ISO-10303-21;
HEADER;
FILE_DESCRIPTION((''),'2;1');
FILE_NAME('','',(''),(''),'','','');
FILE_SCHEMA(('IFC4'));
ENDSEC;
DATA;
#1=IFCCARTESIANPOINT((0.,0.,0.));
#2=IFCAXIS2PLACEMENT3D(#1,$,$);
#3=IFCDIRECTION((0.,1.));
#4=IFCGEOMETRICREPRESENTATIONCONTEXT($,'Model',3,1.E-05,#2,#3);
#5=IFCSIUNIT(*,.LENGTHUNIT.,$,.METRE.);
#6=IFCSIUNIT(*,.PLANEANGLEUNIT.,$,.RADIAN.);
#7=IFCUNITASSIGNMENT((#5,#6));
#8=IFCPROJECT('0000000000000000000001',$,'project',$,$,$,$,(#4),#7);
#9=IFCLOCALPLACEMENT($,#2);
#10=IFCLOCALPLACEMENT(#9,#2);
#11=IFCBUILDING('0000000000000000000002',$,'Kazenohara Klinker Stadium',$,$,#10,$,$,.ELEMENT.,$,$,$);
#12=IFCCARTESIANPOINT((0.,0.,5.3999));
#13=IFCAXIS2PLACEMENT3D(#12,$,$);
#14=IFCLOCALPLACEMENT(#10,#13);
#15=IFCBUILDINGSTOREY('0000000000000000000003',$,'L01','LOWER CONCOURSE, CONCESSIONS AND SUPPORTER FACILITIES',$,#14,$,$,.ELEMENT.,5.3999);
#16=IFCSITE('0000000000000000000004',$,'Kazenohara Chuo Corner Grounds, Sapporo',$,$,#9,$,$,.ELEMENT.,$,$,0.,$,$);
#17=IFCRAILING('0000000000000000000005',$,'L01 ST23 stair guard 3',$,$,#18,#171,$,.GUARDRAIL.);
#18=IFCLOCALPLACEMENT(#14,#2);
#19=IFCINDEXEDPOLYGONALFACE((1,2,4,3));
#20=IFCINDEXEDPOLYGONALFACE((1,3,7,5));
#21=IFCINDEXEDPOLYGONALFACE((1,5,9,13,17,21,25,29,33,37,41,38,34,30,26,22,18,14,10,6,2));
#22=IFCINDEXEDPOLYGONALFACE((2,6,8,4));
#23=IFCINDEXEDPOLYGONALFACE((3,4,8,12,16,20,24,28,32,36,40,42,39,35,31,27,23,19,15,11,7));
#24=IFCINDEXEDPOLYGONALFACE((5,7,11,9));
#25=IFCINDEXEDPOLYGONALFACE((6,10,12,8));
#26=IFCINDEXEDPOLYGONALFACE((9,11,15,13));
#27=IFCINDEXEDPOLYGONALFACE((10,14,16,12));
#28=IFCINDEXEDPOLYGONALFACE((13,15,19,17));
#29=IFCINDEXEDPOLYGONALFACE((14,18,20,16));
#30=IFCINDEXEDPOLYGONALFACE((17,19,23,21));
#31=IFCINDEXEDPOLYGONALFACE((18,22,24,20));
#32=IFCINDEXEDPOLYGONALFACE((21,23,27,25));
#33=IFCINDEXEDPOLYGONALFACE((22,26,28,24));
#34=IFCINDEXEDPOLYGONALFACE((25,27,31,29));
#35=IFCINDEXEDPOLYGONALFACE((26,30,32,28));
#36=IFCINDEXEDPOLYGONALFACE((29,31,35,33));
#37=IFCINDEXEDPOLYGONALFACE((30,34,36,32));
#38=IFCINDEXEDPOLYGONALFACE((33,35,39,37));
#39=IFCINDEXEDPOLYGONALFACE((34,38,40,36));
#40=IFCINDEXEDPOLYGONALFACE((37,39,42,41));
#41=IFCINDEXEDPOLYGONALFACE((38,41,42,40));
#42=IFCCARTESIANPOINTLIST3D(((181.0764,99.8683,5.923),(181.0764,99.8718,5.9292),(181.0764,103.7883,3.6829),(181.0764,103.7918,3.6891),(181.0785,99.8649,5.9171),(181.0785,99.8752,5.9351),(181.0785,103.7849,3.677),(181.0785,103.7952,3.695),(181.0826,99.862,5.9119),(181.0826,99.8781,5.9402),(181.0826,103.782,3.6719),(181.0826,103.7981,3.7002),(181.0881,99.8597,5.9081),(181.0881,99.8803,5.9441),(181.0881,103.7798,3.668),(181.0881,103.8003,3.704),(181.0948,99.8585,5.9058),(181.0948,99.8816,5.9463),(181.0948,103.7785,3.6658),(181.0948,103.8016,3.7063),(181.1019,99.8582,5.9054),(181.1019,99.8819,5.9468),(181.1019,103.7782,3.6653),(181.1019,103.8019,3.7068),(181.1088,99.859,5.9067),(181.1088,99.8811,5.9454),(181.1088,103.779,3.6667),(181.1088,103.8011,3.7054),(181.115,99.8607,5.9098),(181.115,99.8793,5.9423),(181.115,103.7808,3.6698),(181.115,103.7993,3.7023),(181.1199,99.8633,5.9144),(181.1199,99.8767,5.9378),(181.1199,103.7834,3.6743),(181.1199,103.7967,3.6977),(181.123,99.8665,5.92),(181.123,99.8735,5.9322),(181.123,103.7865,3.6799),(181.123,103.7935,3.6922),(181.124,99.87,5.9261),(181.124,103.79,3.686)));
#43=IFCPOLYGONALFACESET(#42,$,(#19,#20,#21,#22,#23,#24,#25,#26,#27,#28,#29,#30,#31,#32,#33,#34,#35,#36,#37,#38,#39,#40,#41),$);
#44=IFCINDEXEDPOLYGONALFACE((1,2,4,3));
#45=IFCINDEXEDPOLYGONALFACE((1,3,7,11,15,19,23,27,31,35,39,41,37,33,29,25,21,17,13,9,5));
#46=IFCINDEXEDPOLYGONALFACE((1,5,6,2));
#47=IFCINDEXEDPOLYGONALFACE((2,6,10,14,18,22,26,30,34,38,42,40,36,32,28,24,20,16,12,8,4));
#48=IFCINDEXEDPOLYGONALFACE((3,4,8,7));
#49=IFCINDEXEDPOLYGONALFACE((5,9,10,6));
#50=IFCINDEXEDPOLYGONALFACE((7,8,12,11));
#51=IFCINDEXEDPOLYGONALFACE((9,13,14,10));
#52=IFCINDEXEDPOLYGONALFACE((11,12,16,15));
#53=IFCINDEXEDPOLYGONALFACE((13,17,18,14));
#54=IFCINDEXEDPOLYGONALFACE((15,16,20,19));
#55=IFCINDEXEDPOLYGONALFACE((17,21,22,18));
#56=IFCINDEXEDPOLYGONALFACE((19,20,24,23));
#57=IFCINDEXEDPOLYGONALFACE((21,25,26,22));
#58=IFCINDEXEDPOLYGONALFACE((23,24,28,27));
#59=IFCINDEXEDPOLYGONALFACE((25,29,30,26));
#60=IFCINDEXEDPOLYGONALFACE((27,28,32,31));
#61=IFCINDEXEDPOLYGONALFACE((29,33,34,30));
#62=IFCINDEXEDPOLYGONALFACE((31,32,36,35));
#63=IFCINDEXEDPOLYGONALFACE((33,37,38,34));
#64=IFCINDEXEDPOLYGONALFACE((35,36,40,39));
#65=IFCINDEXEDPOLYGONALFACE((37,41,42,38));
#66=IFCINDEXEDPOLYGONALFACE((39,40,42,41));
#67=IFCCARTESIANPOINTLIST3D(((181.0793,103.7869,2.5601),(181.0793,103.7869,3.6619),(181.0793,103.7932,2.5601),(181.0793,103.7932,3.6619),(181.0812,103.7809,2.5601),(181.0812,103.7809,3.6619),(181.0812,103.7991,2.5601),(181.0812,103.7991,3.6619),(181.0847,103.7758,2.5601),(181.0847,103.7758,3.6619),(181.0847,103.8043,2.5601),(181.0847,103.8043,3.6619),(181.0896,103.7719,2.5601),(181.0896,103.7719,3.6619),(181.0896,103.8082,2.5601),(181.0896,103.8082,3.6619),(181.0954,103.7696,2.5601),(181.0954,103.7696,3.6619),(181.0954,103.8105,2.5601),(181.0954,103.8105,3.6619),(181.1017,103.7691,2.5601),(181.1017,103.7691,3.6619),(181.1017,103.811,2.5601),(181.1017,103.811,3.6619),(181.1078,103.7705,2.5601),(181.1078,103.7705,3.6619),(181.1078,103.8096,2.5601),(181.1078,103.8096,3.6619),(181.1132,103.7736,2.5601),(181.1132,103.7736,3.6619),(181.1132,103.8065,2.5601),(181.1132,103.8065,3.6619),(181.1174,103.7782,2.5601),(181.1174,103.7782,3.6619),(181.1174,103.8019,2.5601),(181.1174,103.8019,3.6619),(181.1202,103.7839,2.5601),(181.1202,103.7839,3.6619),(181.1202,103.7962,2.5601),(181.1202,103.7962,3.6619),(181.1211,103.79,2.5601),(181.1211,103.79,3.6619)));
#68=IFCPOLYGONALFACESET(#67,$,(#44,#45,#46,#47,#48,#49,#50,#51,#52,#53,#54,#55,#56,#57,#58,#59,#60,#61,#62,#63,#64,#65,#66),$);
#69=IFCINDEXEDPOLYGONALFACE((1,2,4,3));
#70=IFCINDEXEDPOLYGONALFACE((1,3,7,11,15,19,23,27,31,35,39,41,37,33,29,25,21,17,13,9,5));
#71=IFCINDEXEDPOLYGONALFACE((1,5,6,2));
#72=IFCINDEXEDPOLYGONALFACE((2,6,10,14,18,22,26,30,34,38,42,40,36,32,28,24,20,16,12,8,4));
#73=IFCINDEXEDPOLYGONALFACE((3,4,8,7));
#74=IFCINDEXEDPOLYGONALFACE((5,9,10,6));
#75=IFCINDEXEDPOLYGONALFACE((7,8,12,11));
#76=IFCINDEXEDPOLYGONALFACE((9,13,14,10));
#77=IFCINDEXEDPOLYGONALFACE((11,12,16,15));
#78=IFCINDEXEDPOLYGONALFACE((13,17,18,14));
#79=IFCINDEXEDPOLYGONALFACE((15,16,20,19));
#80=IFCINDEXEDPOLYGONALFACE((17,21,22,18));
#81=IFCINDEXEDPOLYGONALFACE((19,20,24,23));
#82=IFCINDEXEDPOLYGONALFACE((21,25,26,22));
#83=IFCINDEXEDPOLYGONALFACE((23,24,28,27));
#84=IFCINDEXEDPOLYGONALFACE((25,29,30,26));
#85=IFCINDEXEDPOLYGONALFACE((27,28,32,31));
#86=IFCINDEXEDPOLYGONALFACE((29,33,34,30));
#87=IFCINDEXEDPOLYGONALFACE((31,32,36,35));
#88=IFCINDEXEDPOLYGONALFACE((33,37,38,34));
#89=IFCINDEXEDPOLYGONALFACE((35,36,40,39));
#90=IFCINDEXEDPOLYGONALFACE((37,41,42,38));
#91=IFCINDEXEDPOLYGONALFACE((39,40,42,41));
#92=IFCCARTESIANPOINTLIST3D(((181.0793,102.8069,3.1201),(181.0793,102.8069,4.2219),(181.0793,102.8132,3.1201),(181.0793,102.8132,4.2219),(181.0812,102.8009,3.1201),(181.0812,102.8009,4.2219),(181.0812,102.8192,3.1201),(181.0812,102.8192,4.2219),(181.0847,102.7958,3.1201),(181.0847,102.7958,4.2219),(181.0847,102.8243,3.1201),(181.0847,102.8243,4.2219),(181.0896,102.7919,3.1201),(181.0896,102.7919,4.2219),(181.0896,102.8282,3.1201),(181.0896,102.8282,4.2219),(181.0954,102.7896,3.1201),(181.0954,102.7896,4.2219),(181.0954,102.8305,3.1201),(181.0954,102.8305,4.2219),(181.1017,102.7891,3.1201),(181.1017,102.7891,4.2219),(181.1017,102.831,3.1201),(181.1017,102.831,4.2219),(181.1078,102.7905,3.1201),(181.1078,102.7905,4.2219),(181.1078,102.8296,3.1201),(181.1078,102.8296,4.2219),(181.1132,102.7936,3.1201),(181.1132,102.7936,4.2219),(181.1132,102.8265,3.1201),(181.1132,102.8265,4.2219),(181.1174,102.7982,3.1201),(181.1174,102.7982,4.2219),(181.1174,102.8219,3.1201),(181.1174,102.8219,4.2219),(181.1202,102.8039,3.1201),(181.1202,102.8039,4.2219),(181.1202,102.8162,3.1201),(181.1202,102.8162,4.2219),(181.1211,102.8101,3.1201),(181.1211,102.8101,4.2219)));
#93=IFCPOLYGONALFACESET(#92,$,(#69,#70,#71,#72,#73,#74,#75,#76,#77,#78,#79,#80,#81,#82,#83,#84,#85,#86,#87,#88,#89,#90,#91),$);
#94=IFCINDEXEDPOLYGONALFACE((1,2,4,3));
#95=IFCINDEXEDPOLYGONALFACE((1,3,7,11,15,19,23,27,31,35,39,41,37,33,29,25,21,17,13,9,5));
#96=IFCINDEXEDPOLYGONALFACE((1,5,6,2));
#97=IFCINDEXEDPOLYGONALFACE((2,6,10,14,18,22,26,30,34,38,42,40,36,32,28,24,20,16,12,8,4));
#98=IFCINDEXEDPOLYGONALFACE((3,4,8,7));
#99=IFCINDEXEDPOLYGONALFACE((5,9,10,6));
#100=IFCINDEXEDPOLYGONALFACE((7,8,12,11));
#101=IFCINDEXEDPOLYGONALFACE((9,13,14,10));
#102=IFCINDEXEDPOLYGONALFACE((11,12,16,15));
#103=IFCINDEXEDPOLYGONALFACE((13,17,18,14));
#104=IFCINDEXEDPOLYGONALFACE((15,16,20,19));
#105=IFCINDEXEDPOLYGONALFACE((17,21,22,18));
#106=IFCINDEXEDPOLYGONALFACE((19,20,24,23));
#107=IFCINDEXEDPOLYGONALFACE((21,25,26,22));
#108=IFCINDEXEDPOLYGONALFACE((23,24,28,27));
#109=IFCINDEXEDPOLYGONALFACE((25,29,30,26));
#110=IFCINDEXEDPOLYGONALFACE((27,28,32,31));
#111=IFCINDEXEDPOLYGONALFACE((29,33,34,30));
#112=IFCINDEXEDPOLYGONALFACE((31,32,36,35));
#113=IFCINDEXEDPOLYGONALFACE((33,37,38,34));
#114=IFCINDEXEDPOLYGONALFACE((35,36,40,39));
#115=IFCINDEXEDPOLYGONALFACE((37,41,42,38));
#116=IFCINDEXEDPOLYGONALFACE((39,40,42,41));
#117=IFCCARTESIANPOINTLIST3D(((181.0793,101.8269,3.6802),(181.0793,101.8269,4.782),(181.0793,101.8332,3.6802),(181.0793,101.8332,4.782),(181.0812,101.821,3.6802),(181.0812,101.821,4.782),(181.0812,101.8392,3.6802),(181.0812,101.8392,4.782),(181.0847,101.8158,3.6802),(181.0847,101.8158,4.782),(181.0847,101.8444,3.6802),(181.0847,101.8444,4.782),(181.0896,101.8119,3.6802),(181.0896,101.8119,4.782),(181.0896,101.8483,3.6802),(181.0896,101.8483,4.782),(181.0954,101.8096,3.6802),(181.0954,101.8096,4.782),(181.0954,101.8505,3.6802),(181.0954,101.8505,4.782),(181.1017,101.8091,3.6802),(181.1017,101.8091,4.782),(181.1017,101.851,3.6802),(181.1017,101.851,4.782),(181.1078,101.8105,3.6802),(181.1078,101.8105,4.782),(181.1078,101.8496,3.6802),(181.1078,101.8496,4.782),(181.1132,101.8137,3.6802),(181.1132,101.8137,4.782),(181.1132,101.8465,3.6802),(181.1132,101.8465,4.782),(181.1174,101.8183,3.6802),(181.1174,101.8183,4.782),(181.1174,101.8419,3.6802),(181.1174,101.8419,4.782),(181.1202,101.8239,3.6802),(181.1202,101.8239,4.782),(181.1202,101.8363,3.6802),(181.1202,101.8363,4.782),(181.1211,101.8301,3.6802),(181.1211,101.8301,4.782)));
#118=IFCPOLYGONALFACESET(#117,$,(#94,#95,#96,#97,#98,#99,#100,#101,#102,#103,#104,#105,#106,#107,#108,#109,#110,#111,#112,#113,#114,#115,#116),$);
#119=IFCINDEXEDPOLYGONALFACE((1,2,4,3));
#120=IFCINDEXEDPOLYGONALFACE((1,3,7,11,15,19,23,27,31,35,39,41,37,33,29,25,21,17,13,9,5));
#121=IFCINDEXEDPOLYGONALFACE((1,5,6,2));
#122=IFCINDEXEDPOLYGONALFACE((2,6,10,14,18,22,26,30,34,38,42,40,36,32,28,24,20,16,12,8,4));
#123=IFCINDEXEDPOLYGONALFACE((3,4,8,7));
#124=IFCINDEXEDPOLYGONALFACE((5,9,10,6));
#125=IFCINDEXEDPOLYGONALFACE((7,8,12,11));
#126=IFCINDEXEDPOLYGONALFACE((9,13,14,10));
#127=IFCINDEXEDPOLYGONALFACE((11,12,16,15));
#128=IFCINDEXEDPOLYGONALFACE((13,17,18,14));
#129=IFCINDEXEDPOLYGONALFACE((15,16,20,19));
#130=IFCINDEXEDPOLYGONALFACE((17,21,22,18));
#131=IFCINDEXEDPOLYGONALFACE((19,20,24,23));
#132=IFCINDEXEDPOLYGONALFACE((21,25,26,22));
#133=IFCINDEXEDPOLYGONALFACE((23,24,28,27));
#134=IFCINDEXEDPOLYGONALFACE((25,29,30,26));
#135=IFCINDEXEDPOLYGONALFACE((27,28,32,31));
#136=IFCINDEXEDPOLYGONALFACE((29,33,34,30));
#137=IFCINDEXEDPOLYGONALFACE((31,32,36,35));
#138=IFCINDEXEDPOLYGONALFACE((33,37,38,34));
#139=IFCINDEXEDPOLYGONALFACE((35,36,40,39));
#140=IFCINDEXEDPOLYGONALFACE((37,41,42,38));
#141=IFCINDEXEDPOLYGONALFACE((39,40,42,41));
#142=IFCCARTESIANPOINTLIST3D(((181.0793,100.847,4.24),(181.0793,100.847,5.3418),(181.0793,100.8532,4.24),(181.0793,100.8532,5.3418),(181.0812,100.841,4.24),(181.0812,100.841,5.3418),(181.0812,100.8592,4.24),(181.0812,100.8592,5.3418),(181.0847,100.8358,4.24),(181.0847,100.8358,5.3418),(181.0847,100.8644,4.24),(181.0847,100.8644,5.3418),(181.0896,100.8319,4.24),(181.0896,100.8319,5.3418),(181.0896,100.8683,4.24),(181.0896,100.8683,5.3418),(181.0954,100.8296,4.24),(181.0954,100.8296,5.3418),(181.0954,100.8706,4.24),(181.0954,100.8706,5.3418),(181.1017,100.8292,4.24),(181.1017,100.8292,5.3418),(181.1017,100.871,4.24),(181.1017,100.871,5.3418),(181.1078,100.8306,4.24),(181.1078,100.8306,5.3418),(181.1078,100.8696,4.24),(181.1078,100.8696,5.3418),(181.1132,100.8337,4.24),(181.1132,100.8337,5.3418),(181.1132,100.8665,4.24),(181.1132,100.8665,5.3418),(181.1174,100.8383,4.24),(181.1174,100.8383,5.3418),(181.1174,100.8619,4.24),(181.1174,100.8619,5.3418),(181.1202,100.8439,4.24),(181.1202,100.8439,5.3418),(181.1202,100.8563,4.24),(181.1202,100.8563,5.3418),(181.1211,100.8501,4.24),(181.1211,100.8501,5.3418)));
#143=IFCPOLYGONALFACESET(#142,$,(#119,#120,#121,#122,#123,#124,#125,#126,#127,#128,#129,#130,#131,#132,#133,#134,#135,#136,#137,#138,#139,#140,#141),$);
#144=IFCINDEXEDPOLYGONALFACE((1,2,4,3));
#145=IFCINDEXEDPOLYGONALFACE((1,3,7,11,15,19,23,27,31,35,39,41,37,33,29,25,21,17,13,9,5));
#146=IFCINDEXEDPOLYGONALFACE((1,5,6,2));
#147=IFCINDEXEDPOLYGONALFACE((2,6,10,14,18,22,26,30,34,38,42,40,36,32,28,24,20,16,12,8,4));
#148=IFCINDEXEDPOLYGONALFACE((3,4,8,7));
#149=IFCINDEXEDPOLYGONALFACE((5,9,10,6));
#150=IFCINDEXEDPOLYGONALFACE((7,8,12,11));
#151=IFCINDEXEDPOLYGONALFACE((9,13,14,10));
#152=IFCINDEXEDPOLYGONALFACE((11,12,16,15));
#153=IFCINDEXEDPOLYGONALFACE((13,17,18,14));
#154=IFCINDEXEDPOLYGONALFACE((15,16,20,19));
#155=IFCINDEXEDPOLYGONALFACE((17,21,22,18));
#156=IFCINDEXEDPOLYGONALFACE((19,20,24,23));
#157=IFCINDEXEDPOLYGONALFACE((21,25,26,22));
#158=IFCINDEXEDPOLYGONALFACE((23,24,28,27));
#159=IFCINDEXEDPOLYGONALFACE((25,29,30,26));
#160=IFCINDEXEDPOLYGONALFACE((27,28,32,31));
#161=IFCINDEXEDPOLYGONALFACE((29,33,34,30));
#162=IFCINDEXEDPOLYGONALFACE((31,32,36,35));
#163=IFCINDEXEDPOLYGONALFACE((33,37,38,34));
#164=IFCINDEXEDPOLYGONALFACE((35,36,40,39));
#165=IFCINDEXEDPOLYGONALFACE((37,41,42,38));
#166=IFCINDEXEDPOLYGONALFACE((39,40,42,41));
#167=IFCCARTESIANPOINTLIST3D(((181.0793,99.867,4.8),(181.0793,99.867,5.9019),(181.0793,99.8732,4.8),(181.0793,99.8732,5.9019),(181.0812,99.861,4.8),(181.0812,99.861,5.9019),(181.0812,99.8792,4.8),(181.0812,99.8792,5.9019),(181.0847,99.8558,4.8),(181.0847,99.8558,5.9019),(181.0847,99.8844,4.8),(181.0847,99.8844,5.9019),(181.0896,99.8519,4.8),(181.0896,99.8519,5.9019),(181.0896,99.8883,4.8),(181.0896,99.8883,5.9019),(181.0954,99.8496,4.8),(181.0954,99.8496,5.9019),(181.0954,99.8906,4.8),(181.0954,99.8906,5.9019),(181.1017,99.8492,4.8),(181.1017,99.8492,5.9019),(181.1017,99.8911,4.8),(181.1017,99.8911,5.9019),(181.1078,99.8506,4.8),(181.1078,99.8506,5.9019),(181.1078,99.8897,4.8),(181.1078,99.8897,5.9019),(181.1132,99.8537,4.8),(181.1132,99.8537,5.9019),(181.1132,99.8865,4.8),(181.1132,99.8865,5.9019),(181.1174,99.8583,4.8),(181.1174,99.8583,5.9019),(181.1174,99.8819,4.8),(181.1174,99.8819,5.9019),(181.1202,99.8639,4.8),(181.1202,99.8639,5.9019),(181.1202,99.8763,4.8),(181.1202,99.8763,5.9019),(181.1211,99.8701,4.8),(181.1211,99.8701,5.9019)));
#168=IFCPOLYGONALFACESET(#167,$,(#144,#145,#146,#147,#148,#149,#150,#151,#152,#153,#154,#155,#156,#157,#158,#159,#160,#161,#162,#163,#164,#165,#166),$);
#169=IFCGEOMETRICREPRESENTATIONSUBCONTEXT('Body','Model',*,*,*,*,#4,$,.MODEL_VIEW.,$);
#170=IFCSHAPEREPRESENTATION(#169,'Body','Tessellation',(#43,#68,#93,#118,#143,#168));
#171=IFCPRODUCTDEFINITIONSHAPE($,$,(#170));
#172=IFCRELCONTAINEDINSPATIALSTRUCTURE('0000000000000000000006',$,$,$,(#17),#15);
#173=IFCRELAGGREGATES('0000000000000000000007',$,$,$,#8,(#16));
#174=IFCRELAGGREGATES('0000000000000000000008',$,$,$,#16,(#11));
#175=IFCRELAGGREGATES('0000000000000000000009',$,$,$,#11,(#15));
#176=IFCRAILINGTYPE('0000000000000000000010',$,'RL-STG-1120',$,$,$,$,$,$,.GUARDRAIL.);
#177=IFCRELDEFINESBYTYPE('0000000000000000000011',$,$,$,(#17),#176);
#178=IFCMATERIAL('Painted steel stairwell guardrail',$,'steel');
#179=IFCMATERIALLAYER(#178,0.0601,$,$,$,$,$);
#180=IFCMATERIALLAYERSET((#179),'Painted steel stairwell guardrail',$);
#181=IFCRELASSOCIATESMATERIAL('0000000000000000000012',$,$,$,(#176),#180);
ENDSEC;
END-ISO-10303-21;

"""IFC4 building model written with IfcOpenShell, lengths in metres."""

from ifc_helpers import new_model, si_unit, direction, frame, origin, origin_2d, place, context, subcontext, project, spatial, circle, extrude, material, layer, layer_set, type_object, element, save


model = new_model("IFC4")

# Units and contexts
model_context = context("Model", 3, precision=1e-05, world=origin(), true_north=direction((0.0, 1.0)))
body_context = subcontext(model_context, "Body", "Model", "MODEL_VIEW")
ifc_project = project(units=[si_unit("LENGTHUNIT", "METRE"), si_unit("PLANEANGLEUNIT", "RADIAN")], contexts=[model_context])

# Site, building, storey
site_placement = place(None, origin())
site = spatial("IfcSite", under=ifc_project, at=site_placement, Name="Kazenohara Chuo Corner Grounds, Sapporo", CompositionType="ELEMENT", RefElevation=0.0)
building_placement = place(site_placement, origin())
building = spatial("IfcBuilding", under=site, at=building_placement, Name="Kazenohara Klinker Stadium", CompositionType="ELEMENT")
storey_placement = place(building_placement, frame((0.0, 0.0, 5.3999)))
storey = spatial("IfcBuildingStorey", under=building, at=storey_placement, Name="L01", Description="LOWER CONCOURSE, CONCESSIONS AND SUPPORTER FACILITIES", CompositionType="ELEMENT", Elevation=5.3999)

# Railing
ifc_material_1 = material(Name="Painted steel stairwell guardrail", Category="steel")
ifc_layer_1 = layer(ifc_material_1, 0.0601)
ifc_layer_set_1 = layer_set([ifc_layer_1], Name="Painted steel stairwell guardrail")
railing_type_1 = type_object("IfcRailingType", Name="RL-STG-1120", PredefinedType="GUARDRAIL", material=ifc_layer_set_1)
railing_1_placement = place(storey_placement, frame((181.1001, 103.79, 2.5601)))
element("IfcRailing", 1, at=railing_1_placement, inside=storey, type_object=railing_type_1, Name="L01 ST23 stair guard 3", PredefinedType="GUARDRAIL", context=body_context, shape_type="SweptSolid", body=[
    extrude(circle(Radius=0.0239, at=origin_2d()), frame((0.0, 0.0, 1.126), z_axis=(0.0, -0.86824, 0.496145), x_axis=(1.0, 0.0, 0.0)), (0.0, 0.0, 1.0), 4.5149),
    extrude(circle(Radius=0.021, at=origin_2d()), origin(), (0.0, 0.0, 1.0), 1.1018),
    extrude(circle(Radius=0.021, at=origin_2d()), frame((0.0, -0.98, 0.5601)), (0.0, 0.0, 1.0), 1.1018),
    extrude(circle(Radius=0.021, at=origin_2d()), frame((0.0, -1.96, 1.1201)), (0.0, 0.0, 1.0), 1.1018),
    extrude(circle(Radius=0.021, at=origin_2d()), frame((0.0, -2.9399, 1.6799)), (0.0, 0.0, 1.0), 1.1018),
    extrude(circle(Radius=0.021, at=origin_2d()), frame((0.0, -3.9199, 2.24)), (0.0, 0.0, 1.0), 1.1018),
])

save(model, "model.ifc")
